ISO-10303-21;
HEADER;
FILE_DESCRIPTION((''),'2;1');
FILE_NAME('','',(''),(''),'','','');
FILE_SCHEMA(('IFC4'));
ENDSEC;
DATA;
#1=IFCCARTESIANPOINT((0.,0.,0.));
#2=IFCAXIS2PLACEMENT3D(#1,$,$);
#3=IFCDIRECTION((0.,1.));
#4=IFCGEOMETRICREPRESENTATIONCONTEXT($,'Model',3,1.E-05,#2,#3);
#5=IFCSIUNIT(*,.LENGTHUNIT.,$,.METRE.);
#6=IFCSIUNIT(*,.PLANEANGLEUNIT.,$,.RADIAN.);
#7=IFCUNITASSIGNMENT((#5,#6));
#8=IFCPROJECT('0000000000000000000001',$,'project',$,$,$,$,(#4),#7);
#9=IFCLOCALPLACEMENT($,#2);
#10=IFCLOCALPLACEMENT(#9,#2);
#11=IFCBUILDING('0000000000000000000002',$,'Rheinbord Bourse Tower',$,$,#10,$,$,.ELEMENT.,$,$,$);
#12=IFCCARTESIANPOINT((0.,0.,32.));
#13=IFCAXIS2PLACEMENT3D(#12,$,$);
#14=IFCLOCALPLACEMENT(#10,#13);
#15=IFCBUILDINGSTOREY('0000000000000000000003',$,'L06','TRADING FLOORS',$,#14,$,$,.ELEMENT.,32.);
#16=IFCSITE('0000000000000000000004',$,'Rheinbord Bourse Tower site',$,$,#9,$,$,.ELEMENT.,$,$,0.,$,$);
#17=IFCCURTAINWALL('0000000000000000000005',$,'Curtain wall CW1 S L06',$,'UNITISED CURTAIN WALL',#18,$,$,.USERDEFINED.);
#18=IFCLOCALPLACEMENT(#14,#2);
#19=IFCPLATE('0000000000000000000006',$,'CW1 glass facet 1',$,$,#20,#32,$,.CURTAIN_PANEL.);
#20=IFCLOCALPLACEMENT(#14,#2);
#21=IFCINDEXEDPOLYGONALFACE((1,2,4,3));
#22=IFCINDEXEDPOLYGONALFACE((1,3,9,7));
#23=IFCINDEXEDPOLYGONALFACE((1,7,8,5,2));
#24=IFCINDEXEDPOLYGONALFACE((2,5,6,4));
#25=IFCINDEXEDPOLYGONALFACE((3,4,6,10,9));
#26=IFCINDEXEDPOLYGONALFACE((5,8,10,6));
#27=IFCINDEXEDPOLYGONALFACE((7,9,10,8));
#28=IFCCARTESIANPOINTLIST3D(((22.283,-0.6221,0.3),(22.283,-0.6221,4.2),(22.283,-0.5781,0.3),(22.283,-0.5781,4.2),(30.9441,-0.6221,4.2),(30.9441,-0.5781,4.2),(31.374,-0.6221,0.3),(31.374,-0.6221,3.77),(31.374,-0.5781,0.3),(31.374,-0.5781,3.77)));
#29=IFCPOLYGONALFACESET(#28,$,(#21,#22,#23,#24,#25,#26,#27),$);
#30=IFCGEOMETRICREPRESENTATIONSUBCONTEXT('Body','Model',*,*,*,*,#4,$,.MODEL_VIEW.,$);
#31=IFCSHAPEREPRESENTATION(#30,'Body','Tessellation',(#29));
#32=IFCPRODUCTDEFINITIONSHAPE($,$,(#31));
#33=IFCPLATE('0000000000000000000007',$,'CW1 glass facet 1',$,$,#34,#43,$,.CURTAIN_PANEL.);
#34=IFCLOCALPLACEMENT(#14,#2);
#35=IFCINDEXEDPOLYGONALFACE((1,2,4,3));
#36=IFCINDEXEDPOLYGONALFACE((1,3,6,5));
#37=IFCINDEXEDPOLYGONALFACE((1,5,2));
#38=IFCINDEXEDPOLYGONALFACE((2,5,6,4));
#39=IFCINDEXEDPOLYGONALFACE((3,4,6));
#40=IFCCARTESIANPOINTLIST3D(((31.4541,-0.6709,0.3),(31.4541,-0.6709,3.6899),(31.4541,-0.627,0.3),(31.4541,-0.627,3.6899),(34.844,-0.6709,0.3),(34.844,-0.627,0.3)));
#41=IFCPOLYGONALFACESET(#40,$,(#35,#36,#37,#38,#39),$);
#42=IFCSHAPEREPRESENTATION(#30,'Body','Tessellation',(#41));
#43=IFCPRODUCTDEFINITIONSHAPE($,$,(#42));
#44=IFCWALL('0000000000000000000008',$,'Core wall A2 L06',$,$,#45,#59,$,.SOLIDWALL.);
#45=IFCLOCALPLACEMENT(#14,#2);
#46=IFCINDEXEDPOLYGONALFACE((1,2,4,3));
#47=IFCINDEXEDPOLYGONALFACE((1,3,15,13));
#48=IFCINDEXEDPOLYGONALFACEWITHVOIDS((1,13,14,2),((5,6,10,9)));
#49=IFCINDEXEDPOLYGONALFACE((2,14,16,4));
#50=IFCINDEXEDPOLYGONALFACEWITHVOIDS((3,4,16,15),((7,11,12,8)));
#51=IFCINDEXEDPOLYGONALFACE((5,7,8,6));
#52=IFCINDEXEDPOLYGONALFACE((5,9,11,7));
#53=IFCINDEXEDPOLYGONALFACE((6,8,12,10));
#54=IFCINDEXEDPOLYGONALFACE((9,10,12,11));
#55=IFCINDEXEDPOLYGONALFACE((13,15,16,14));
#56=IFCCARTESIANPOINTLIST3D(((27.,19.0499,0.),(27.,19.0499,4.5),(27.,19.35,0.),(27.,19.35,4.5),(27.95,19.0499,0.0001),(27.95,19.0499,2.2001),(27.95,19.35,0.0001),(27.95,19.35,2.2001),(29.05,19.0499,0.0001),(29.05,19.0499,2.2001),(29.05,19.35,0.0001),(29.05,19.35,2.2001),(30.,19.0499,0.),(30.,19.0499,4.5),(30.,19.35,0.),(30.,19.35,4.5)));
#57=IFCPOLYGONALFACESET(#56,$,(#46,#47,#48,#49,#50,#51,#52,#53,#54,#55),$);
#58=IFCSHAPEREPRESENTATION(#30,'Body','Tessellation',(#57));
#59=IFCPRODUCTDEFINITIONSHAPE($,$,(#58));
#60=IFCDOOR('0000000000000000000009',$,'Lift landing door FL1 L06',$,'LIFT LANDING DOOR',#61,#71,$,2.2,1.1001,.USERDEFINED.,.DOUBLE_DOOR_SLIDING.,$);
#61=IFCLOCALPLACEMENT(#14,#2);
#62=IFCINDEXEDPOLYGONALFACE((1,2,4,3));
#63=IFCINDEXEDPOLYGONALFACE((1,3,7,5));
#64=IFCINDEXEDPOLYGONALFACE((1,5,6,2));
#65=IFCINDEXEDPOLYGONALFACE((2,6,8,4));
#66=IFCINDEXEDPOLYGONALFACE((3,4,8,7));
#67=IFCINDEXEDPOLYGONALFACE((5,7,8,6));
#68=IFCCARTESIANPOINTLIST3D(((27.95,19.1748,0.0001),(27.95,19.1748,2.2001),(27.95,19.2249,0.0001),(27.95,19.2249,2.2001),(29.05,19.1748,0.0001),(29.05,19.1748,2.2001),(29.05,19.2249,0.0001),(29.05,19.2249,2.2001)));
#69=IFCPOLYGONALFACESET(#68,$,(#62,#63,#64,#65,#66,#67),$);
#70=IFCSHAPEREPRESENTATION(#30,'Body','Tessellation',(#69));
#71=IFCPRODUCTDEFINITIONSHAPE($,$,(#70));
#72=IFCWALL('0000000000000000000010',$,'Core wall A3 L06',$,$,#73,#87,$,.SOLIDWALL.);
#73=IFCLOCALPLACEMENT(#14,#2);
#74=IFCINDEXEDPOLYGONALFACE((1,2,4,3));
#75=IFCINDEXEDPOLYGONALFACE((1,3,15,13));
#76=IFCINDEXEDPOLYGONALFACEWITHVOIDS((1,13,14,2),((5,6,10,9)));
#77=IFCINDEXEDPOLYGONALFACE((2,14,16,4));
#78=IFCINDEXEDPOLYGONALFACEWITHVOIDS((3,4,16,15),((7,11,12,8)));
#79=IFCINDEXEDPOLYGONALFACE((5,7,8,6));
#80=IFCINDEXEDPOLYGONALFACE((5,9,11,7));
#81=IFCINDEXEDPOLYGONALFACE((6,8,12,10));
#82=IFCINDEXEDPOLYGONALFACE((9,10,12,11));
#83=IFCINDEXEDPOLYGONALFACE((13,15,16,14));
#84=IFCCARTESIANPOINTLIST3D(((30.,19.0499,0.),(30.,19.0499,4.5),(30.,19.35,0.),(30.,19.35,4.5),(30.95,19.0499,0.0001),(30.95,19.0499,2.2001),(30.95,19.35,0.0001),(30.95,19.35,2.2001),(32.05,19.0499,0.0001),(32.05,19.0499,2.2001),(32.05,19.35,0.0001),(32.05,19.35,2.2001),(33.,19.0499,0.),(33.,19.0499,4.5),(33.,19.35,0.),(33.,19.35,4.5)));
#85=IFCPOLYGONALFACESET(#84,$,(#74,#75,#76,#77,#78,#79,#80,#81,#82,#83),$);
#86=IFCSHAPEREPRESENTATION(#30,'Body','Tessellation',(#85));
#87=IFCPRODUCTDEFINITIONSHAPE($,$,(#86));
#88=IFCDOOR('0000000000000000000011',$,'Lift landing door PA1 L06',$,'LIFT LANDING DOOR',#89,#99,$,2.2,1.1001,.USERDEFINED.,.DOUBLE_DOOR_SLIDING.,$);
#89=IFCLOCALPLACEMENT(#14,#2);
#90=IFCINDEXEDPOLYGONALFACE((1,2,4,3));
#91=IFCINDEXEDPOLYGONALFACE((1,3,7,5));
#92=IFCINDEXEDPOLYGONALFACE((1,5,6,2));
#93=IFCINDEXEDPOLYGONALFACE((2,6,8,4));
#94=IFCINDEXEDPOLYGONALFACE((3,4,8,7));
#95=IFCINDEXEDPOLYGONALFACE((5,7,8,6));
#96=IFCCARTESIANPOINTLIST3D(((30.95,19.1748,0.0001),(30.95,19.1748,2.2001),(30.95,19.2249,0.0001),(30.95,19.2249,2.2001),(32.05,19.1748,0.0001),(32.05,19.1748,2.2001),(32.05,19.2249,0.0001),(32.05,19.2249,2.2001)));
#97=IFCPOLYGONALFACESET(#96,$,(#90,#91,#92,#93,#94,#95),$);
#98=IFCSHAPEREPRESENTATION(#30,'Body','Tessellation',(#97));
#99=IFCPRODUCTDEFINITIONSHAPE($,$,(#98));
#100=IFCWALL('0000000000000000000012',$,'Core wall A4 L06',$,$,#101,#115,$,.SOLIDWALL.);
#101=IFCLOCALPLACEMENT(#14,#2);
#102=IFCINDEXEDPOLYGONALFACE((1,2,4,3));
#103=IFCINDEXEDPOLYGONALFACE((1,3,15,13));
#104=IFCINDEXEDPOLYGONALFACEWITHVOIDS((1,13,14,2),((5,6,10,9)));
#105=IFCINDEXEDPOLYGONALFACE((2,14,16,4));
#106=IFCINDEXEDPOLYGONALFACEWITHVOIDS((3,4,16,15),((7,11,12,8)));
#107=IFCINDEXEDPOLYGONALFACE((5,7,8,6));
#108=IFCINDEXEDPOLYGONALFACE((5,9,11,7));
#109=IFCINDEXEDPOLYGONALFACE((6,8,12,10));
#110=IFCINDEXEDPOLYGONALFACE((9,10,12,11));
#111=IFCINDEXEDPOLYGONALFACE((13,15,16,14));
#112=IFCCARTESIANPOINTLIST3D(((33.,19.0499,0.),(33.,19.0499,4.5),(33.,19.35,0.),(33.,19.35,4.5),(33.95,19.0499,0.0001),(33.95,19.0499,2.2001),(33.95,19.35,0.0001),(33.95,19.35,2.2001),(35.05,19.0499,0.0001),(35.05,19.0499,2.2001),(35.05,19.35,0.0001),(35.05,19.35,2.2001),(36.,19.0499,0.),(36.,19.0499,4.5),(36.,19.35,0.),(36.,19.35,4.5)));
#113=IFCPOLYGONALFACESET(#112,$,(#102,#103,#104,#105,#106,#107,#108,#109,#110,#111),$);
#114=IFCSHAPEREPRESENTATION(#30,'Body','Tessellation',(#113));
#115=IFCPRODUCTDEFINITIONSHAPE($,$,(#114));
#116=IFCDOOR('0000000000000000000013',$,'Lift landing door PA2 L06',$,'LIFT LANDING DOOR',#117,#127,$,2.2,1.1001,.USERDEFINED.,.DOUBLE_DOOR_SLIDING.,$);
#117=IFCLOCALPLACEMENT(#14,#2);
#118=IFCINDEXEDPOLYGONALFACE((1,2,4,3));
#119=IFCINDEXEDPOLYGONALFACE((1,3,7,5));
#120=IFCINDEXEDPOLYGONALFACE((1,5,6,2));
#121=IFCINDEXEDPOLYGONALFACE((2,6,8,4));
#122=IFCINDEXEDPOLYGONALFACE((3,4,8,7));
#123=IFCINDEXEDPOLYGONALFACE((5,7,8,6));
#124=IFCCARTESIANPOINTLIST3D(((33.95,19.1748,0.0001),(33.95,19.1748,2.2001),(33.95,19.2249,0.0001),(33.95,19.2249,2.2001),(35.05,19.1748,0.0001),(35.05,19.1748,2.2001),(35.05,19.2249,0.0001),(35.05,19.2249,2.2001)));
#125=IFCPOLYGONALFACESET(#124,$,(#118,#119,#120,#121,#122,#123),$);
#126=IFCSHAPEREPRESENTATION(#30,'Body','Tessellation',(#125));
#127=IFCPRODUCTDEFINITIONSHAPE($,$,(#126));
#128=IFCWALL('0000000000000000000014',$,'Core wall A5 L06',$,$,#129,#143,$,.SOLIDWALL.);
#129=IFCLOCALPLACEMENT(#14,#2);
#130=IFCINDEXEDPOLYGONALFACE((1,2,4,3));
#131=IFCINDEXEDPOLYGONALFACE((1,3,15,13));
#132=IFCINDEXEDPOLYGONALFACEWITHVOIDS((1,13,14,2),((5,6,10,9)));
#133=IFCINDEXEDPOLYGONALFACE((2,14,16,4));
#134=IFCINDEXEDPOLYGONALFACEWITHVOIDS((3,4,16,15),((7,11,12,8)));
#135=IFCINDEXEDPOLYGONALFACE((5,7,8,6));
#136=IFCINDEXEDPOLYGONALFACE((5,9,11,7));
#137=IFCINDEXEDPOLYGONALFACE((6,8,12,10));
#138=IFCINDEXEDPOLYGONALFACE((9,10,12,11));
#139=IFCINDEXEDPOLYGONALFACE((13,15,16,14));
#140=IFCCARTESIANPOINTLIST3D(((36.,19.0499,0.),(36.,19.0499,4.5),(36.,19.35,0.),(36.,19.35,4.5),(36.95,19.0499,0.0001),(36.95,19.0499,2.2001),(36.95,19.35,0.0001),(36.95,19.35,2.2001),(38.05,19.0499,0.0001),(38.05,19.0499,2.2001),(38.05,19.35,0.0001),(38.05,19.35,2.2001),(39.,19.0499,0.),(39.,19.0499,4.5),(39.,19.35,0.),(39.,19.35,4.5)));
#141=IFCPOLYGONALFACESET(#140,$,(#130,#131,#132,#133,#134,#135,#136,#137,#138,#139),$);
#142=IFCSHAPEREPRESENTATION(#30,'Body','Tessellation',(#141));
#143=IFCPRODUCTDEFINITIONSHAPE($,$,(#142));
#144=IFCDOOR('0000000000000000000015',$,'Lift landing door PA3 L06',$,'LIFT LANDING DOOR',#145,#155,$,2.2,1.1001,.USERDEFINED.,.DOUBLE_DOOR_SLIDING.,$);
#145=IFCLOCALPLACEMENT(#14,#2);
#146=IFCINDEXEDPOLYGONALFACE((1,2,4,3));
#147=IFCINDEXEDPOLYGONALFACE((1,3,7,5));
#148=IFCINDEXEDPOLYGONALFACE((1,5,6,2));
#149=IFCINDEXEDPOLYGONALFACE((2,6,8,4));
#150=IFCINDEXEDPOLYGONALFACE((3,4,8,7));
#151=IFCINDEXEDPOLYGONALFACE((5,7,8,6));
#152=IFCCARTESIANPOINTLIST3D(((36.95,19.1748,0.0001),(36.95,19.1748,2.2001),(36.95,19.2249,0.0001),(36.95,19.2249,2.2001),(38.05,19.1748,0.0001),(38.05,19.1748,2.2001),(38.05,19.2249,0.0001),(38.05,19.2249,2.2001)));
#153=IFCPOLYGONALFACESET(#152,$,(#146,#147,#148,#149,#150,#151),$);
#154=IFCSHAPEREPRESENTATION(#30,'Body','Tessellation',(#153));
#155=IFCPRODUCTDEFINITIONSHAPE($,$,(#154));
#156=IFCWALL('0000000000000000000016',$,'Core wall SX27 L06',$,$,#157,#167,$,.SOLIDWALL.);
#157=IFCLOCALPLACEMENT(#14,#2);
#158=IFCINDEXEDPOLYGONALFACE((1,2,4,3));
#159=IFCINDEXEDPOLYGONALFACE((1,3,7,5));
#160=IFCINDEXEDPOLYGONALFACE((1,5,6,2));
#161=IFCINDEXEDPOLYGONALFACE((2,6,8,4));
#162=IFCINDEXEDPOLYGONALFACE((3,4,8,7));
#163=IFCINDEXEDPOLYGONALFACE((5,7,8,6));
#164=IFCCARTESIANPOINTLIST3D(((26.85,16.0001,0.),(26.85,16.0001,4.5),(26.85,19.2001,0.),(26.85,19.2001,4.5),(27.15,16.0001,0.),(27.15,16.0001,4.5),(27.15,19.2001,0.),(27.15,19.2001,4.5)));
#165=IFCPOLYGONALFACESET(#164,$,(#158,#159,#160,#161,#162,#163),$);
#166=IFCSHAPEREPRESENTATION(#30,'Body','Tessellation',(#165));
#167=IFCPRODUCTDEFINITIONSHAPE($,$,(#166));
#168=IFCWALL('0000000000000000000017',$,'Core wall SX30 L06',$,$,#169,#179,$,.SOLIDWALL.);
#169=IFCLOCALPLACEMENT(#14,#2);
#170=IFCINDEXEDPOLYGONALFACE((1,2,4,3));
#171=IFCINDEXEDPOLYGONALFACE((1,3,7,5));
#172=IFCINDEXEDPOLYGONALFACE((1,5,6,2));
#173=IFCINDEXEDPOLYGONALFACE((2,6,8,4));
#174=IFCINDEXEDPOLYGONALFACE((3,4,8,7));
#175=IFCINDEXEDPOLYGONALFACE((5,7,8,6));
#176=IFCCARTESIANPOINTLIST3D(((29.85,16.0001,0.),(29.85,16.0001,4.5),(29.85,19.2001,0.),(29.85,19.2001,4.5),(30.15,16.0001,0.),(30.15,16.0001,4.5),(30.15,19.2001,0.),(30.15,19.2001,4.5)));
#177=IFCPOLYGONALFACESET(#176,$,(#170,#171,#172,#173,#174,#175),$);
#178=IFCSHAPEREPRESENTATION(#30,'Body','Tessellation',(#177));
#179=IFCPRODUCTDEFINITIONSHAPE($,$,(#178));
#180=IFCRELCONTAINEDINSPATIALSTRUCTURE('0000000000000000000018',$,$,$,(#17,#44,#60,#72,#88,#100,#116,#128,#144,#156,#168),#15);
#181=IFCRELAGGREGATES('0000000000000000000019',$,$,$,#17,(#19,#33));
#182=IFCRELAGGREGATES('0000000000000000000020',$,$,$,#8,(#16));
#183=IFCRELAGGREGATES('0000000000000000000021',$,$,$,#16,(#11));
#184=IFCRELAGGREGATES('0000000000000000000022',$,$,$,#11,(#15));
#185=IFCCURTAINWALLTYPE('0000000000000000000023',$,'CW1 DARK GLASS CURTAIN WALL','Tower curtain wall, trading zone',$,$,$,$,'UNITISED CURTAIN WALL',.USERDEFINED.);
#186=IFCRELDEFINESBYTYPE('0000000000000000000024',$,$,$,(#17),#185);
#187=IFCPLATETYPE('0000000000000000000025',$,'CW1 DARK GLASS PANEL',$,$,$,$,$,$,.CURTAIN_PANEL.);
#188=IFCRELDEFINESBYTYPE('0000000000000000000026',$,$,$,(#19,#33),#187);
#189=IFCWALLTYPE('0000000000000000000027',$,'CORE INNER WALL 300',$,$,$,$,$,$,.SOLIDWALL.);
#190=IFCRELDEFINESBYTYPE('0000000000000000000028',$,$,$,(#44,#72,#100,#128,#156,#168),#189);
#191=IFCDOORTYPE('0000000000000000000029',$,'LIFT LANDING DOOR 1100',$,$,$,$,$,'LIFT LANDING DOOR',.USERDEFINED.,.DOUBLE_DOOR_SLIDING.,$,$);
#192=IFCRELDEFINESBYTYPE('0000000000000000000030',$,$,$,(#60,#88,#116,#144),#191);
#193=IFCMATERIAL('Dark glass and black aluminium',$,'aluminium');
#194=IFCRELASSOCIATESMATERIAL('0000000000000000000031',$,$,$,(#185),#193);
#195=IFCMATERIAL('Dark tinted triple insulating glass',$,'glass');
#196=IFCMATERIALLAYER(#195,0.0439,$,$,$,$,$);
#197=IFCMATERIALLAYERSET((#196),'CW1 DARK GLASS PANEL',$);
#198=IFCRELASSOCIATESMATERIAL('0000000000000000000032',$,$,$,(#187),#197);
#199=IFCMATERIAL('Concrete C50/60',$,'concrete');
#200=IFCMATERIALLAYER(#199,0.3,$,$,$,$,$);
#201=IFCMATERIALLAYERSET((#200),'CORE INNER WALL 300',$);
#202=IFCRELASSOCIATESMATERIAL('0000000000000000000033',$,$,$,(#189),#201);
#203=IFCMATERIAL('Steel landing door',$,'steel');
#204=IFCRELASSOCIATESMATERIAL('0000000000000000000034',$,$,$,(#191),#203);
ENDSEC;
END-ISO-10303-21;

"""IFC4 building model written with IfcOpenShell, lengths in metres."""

from ifc_helpers import new_model, si_unit, direction, frame, frame_2d, origin, place, context, subcontext, project, spatial, polyline, rectangle, outline, extrude, material, layer, layer_set, type_object, element, fill, aggregate, save


model = new_model("IFC4")

# Units and contexts
model_context = context("Model", 3, precision=1e-05, world=origin(), true_north=direction((0.0, 1.0)))
body_context = subcontext(model_context, "Body", "Model", "MODEL_VIEW")
ifc_project = project(units=[si_unit("LENGTHUNIT", "METRE"), si_unit("PLANEANGLEUNIT", "RADIAN")], contexts=[model_context])

# Site, building, storey
site_placement = place(None, origin())
site = spatial("IfcSite", under=ifc_project, at=site_placement, Name="Rheinbord Bourse Tower site", CompositionType="ELEMENT", RefElevation=0.0)
building_placement = place(site_placement, origin())
building = spatial("IfcBuilding", under=site, at=building_placement, Name="Rheinbord Bourse Tower", CompositionType="ELEMENT")
storey_placement = place(building_placement, frame((0.0, 0.0, 32.0)))
storey = spatial("IfcBuildingStorey", under=building, at=storey_placement, Name="L06", Description="TRADING FLOORS", CompositionType="ELEMENT", Elevation=32.0)

# Curtain wall
ifc_material_1 = material(Name="Dark glass and black aluminium", Category="aluminium")
curtain_wall_type = type_object("IfcCurtainWallType", Name="CW1 DARK GLASS CURTAIN WALL", Description="Tower curtain wall, trading zone", ElementType="UNITISED CURTAIN WALL", PredefinedType="USERDEFINED", material=ifc_material_1)
curtain_wall_placement = place(storey_placement, origin())
curtain_wall = element("IfcCurtainWall", 1, at=curtain_wall_placement, inside=storey, type_object=curtain_wall_type, Name="Curtain wall CW1 S L06", ObjectType="UNITISED CURTAIN WALL", PredefinedType="USERDEFINED")

# Plates
ifc_material_2 = material(Name="Dark tinted triple insulating glass", Category="glass")
ifc_layer_1 = layer(ifc_material_2, 0.0439)
ifc_layer_set_1 = layer_set([ifc_layer_1], Name="CW1 DARK GLASS PANEL")
plate_type = type_object("IfcPlateType", Name="CW1 DARK GLASS PANEL", PredefinedType="CURTAIN_PANEL", material=ifc_layer_set_1)
plate_1_placement = place(storey_placement, frame((31.374, -0.6221, 0.3), z_axis=(0.0, 1.0, 0.0), x_axis=(-1.0, 0.0, 0.0)))
plate_1 = element("IfcPlate", 2, at=plate_1_placement, type_object=plate_type, Name="CW1 glass facet 1", PredefinedType="CURTAIN_PANEL", context=body_context, shape_type="SweptSolid", body=[
    extrude(outline(polyline([(0.0, 0.0), (9.0911, 0.0), (9.0911, 3.8999), (0.4299, 3.8999), (0.0, 3.47), (0.0, 0.0)])), origin(), (0.0, 0.0, 1.0), 0.0439),
])
plate_2_placement = place(storey_placement, frame((31.4541, -0.6709, 0.3), z_axis=(0.0, 1.0, 0.0), x_axis=(0.0, 0.0, 1.0)))
plate_2 = element("IfcPlate", 3, at=plate_2_placement, type_object=plate_type, Name="CW1 glass facet 1", PredefinedType="CURTAIN_PANEL", context=body_context, shape_type="SweptSolid", body=[
    extrude(outline(polyline([(0.0, 0.0), (3.3899, 0.0), (0.0, 3.3899), (0.0, 0.0)])), origin(), (0.0, 0.0, 1.0), 0.0439),
])
aggregate(curtain_wall, [plate_1, plate_2])

# Walls, openings, doors
ifc_material_3 = material(Name="Concrete C50/60", Category="concrete")
ifc_layer_2 = layer(ifc_material_3, 0.3)
ifc_layer_set_2 = layer_set([ifc_layer_2], Name="CORE INNER WALL 300")
wall_type_1 = type_object("IfcWallType", Name="CORE INNER WALL 300", PredefinedType="SOLIDWALL", material=ifc_layer_set_2)
wall_1_placement = place(storey_placement, frame((27.0, 19.2, 0.0), z_axis=(0.0, 0.0, 1.0), x_axis=(1.0, 0.0, 0.0)))
wall_1 = element("IfcWall", 4, at=wall_1_placement, inside=storey, type_object=wall_type_1, Name="Core wall A2 L06", PredefinedType="SOLIDWALL", context=body_context, shape_type="SweptSolid", body=[
    extrude(rectangle(XDim=3.0, YDim=0.3, at=frame_2d((1.5, 0.0))), origin(), (0.0, 0.0, 1.0), 4.5),
])
opening_1_placement = place(wall_1_placement, frame((0.95, 0.0, 0.0)))
opening_1 = element("IfcOpeningElement", 5, at=opening_1_placement, cuts=wall_1, PredefinedType="OPENING", context=body_context, shape_type="SweptSolid", body=[
    extrude(rectangle(XDim=1.1001, YDim=2.2, at=frame_2d((0.55, 1.1001))), frame((0.0, 0.1599, 0.0), z_axis=(0.0, -1.0, 0.0), x_axis=(1.0, 0.0, 0.0)), (0.0, 0.0, 1.0), 0.3201),
])
ifc_material_4 = material(Name="Steel landing door", Category="steel")
door_type = type_object("IfcDoorType", Name="LIFT LANDING DOOR 1100", ElementType="LIFT LANDING DOOR", OperationType="DOUBLE_DOOR_SLIDING", PredefinedType="USERDEFINED", material=ifc_material_4)
door_1_placement = place(opening_1_placement, origin())
door_1 = element("IfcDoor", 6, at=door_1_placement, inside=storey, type_object=door_type, Name="Lift landing door FL1 L06", ObjectType="LIFT LANDING DOOR", OperationType="DOUBLE_DOOR_SLIDING", OverallHeight=2.2, OverallWidth=1.1001, PredefinedType="USERDEFINED", context=body_context, shape_type="SweptSolid", body=[
    extrude(rectangle(XDim=1.1001, YDim=2.2, at=frame_2d((0.55, 1.1001))), frame((0.0, 0.0249, 0.0), z_axis=(0.0, -1.0, 0.0), x_axis=(1.0, 0.0, 0.0)), (0.0, 0.0, 1.0), 0.05),
])
fill(opening_1, door_1)
wall_2_placement = place(storey_placement, frame((30.0, 19.2, 0.0), z_axis=(0.0, 0.0, 1.0), x_axis=(1.0, 0.0, 0.0)))
wall_2 = element("IfcWall", 7, at=wall_2_placement, inside=storey, type_object=wall_type_1, Name="Core wall A3 L06", PredefinedType="SOLIDWALL", context=body_context, shape_type="SweptSolid", body=[
    extrude(rectangle(XDim=3.0, YDim=0.3, at=frame_2d((1.5, 0.0))), origin(), (0.0, 0.0, 1.0), 4.5),
])
opening_2_placement = place(wall_2_placement, frame((0.95, 0.0, 0.0)))
opening_2 = element("IfcOpeningElement", 8, at=opening_2_placement, cuts=wall_2, PredefinedType="OPENING", context=body_context, shape_type="SweptSolid", body=[
    extrude(rectangle(XDim=1.1001, YDim=2.2, at=frame_2d((0.55, 1.1001))), frame((0.0, 0.1599, 0.0), z_axis=(0.0, -1.0, 0.0), x_axis=(1.0, 0.0, 0.0)), (0.0, 0.0, 1.0), 0.3201),
])
door_2_placement = place(opening_2_placement, origin())
door_2 = element("IfcDoor", 9, at=door_2_placement, inside=storey, type_object=door_type, Name="Lift landing door PA1 L06", ObjectType="LIFT LANDING DOOR", OperationType="DOUBLE_DOOR_SLIDING", OverallHeight=2.2, OverallWidth=1.1001, PredefinedType="USERDEFINED", context=body_context, shape_type="SweptSolid", body=[
    extrude(rectangle(XDim=1.1001, YDim=2.2, at=frame_2d((0.55, 1.1001))), frame((0.0, 0.0249, 0.0), z_axis=(0.0, -1.0, 0.0), x_axis=(1.0, 0.0, 0.0)), (0.0, 0.0, 1.0), 0.05),
])
fill(opening_2, door_2)
wall_3_placement = place(storey_placement, frame((33.0, 19.2, 0.0), z_axis=(0.0, 0.0, 1.0), x_axis=(1.0, 0.0, 0.0)))
wall_3 = element("IfcWall", 10, at=wall_3_placement, inside=storey, type_object=wall_type_1, Name="Core wall A4 L06", PredefinedType="SOLIDWALL", context=body_context, shape_type="SweptSolid", body=[
    extrude(rectangle(XDim=3.0, YDim=0.3, at=frame_2d((1.5, 0.0))), origin(), (0.0, 0.0, 1.0), 4.5),
])
opening_3_placement = place(wall_3_placement, frame((0.95, 0.0, 0.0)))
opening_3 = element("IfcOpeningElement", 11, at=opening_3_placement, cuts=wall_3, PredefinedType="OPENING", context=body_context, shape_type="SweptSolid", body=[
    extrude(rectangle(XDim=1.1001, YDim=2.2, at=frame_2d((0.55, 1.1001))), frame((0.0, 0.1599, 0.0), z_axis=(0.0, -1.0, 0.0), x_axis=(1.0, 0.0, 0.0)), (0.0, 0.0, 1.0), 0.3201),
])
door_3_placement = place(opening_3_placement, origin())
door_3 = element("IfcDoor", 12, at=door_3_placement, inside=storey, type_object=door_type, Name="Lift landing door PA2 L06", ObjectType="LIFT LANDING DOOR", OperationType="DOUBLE_DOOR_SLIDING", OverallHeight=2.2, OverallWidth=1.1001, PredefinedType="USERDEFINED", context=body_context, shape_type="SweptSolid", body=[
    extrude(rectangle(XDim=1.1001, YDim=2.2, at=frame_2d((0.55, 1.1001))), frame((0.0, 0.0249, 0.0), z_axis=(0.0, -1.0, 0.0), x_axis=(1.0, 0.0, 0.0)), (0.0, 0.0, 1.0), 0.05),
])
fill(opening_3, door_3)
wall_4_placement = place(storey_placement, frame((36.0, 19.2, 0.0), z_axis=(0.0, 0.0, 1.0), x_axis=(1.0, 0.0, 0.0)))
wall_4 = element("IfcWall", 13, at=wall_4_placement, inside=storey, type_object=wall_type_1, Name="Core wall A5 L06", PredefinedType="SOLIDWALL", context=body_context, shape_type="SweptSolid", body=[
    extrude(rectangle(XDim=3.0, YDim=0.3, at=frame_2d((1.5, 0.0))), origin(), (0.0, 0.0, 1.0), 4.5),
])
opening_4_placement = place(wall_4_placement, frame((0.95, 0.0, 0.0)))
opening_4 = element("IfcOpeningElement", 14, at=opening_4_placement, cuts=wall_4, PredefinedType="OPENING", context=body_context, shape_type="SweptSolid", body=[
    extrude(rectangle(XDim=1.1001, YDim=2.2, at=frame_2d((0.55, 1.1001))), frame((0.0, 0.1599, 0.0), z_axis=(0.0, -1.0, 0.0), x_axis=(1.0, 0.0, 0.0)), (0.0, 0.0, 1.0), 0.3201),
])
door_4_placement = place(opening_4_placement, origin())
door_4 = element("IfcDoor", 15, at=door_4_placement, inside=storey, type_object=door_type, Name="Lift landing door PA3 L06", ObjectType="LIFT LANDING DOOR", OperationType="DOUBLE_DOOR_SLIDING", OverallHeight=2.2, OverallWidth=1.1001, PredefinedType="USERDEFINED", context=body_context, shape_type="SweptSolid", body=[
    extrude(rectangle(XDim=1.1001, YDim=2.2, at=frame_2d((0.55, 1.1001))), frame((0.0, 0.0249, 0.0), z_axis=(0.0, -1.0, 0.0), x_axis=(1.0, 0.0, 0.0)), (0.0, 0.0, 1.0), 0.05),
])
fill(opening_4, door_4)

# Walls
for number, where, z_axis, x_axis, name in (
    (16, (27.0, 16.0, 0.0), (0.0, 0.0, 1.0), (0.0, 1.0, 0.0), "Core wall SX27 L06"),
    (17, (30.0, 16.0, 0.0), (0.0, 0.0, 1.0), (0.0, 1.0, 0.0), "Core wall SX30 L06"),
):
    element("IfcWall", number, at=place(storey_placement, frame(where, z_axis=z_axis, x_axis=x_axis)), inside=storey, type_object=wall_type_1, Name=name, PredefinedType="SOLIDWALL", context=body_context, shape_type="SweptSolid", body=[
        extrude(rectangle(XDim=3.2, YDim=0.3, at=frame_2d((1.6001, 0.0))), origin(), (0.0, 0.0, 1.0), 4.5),
    ])

save(model, "model.ifc")
